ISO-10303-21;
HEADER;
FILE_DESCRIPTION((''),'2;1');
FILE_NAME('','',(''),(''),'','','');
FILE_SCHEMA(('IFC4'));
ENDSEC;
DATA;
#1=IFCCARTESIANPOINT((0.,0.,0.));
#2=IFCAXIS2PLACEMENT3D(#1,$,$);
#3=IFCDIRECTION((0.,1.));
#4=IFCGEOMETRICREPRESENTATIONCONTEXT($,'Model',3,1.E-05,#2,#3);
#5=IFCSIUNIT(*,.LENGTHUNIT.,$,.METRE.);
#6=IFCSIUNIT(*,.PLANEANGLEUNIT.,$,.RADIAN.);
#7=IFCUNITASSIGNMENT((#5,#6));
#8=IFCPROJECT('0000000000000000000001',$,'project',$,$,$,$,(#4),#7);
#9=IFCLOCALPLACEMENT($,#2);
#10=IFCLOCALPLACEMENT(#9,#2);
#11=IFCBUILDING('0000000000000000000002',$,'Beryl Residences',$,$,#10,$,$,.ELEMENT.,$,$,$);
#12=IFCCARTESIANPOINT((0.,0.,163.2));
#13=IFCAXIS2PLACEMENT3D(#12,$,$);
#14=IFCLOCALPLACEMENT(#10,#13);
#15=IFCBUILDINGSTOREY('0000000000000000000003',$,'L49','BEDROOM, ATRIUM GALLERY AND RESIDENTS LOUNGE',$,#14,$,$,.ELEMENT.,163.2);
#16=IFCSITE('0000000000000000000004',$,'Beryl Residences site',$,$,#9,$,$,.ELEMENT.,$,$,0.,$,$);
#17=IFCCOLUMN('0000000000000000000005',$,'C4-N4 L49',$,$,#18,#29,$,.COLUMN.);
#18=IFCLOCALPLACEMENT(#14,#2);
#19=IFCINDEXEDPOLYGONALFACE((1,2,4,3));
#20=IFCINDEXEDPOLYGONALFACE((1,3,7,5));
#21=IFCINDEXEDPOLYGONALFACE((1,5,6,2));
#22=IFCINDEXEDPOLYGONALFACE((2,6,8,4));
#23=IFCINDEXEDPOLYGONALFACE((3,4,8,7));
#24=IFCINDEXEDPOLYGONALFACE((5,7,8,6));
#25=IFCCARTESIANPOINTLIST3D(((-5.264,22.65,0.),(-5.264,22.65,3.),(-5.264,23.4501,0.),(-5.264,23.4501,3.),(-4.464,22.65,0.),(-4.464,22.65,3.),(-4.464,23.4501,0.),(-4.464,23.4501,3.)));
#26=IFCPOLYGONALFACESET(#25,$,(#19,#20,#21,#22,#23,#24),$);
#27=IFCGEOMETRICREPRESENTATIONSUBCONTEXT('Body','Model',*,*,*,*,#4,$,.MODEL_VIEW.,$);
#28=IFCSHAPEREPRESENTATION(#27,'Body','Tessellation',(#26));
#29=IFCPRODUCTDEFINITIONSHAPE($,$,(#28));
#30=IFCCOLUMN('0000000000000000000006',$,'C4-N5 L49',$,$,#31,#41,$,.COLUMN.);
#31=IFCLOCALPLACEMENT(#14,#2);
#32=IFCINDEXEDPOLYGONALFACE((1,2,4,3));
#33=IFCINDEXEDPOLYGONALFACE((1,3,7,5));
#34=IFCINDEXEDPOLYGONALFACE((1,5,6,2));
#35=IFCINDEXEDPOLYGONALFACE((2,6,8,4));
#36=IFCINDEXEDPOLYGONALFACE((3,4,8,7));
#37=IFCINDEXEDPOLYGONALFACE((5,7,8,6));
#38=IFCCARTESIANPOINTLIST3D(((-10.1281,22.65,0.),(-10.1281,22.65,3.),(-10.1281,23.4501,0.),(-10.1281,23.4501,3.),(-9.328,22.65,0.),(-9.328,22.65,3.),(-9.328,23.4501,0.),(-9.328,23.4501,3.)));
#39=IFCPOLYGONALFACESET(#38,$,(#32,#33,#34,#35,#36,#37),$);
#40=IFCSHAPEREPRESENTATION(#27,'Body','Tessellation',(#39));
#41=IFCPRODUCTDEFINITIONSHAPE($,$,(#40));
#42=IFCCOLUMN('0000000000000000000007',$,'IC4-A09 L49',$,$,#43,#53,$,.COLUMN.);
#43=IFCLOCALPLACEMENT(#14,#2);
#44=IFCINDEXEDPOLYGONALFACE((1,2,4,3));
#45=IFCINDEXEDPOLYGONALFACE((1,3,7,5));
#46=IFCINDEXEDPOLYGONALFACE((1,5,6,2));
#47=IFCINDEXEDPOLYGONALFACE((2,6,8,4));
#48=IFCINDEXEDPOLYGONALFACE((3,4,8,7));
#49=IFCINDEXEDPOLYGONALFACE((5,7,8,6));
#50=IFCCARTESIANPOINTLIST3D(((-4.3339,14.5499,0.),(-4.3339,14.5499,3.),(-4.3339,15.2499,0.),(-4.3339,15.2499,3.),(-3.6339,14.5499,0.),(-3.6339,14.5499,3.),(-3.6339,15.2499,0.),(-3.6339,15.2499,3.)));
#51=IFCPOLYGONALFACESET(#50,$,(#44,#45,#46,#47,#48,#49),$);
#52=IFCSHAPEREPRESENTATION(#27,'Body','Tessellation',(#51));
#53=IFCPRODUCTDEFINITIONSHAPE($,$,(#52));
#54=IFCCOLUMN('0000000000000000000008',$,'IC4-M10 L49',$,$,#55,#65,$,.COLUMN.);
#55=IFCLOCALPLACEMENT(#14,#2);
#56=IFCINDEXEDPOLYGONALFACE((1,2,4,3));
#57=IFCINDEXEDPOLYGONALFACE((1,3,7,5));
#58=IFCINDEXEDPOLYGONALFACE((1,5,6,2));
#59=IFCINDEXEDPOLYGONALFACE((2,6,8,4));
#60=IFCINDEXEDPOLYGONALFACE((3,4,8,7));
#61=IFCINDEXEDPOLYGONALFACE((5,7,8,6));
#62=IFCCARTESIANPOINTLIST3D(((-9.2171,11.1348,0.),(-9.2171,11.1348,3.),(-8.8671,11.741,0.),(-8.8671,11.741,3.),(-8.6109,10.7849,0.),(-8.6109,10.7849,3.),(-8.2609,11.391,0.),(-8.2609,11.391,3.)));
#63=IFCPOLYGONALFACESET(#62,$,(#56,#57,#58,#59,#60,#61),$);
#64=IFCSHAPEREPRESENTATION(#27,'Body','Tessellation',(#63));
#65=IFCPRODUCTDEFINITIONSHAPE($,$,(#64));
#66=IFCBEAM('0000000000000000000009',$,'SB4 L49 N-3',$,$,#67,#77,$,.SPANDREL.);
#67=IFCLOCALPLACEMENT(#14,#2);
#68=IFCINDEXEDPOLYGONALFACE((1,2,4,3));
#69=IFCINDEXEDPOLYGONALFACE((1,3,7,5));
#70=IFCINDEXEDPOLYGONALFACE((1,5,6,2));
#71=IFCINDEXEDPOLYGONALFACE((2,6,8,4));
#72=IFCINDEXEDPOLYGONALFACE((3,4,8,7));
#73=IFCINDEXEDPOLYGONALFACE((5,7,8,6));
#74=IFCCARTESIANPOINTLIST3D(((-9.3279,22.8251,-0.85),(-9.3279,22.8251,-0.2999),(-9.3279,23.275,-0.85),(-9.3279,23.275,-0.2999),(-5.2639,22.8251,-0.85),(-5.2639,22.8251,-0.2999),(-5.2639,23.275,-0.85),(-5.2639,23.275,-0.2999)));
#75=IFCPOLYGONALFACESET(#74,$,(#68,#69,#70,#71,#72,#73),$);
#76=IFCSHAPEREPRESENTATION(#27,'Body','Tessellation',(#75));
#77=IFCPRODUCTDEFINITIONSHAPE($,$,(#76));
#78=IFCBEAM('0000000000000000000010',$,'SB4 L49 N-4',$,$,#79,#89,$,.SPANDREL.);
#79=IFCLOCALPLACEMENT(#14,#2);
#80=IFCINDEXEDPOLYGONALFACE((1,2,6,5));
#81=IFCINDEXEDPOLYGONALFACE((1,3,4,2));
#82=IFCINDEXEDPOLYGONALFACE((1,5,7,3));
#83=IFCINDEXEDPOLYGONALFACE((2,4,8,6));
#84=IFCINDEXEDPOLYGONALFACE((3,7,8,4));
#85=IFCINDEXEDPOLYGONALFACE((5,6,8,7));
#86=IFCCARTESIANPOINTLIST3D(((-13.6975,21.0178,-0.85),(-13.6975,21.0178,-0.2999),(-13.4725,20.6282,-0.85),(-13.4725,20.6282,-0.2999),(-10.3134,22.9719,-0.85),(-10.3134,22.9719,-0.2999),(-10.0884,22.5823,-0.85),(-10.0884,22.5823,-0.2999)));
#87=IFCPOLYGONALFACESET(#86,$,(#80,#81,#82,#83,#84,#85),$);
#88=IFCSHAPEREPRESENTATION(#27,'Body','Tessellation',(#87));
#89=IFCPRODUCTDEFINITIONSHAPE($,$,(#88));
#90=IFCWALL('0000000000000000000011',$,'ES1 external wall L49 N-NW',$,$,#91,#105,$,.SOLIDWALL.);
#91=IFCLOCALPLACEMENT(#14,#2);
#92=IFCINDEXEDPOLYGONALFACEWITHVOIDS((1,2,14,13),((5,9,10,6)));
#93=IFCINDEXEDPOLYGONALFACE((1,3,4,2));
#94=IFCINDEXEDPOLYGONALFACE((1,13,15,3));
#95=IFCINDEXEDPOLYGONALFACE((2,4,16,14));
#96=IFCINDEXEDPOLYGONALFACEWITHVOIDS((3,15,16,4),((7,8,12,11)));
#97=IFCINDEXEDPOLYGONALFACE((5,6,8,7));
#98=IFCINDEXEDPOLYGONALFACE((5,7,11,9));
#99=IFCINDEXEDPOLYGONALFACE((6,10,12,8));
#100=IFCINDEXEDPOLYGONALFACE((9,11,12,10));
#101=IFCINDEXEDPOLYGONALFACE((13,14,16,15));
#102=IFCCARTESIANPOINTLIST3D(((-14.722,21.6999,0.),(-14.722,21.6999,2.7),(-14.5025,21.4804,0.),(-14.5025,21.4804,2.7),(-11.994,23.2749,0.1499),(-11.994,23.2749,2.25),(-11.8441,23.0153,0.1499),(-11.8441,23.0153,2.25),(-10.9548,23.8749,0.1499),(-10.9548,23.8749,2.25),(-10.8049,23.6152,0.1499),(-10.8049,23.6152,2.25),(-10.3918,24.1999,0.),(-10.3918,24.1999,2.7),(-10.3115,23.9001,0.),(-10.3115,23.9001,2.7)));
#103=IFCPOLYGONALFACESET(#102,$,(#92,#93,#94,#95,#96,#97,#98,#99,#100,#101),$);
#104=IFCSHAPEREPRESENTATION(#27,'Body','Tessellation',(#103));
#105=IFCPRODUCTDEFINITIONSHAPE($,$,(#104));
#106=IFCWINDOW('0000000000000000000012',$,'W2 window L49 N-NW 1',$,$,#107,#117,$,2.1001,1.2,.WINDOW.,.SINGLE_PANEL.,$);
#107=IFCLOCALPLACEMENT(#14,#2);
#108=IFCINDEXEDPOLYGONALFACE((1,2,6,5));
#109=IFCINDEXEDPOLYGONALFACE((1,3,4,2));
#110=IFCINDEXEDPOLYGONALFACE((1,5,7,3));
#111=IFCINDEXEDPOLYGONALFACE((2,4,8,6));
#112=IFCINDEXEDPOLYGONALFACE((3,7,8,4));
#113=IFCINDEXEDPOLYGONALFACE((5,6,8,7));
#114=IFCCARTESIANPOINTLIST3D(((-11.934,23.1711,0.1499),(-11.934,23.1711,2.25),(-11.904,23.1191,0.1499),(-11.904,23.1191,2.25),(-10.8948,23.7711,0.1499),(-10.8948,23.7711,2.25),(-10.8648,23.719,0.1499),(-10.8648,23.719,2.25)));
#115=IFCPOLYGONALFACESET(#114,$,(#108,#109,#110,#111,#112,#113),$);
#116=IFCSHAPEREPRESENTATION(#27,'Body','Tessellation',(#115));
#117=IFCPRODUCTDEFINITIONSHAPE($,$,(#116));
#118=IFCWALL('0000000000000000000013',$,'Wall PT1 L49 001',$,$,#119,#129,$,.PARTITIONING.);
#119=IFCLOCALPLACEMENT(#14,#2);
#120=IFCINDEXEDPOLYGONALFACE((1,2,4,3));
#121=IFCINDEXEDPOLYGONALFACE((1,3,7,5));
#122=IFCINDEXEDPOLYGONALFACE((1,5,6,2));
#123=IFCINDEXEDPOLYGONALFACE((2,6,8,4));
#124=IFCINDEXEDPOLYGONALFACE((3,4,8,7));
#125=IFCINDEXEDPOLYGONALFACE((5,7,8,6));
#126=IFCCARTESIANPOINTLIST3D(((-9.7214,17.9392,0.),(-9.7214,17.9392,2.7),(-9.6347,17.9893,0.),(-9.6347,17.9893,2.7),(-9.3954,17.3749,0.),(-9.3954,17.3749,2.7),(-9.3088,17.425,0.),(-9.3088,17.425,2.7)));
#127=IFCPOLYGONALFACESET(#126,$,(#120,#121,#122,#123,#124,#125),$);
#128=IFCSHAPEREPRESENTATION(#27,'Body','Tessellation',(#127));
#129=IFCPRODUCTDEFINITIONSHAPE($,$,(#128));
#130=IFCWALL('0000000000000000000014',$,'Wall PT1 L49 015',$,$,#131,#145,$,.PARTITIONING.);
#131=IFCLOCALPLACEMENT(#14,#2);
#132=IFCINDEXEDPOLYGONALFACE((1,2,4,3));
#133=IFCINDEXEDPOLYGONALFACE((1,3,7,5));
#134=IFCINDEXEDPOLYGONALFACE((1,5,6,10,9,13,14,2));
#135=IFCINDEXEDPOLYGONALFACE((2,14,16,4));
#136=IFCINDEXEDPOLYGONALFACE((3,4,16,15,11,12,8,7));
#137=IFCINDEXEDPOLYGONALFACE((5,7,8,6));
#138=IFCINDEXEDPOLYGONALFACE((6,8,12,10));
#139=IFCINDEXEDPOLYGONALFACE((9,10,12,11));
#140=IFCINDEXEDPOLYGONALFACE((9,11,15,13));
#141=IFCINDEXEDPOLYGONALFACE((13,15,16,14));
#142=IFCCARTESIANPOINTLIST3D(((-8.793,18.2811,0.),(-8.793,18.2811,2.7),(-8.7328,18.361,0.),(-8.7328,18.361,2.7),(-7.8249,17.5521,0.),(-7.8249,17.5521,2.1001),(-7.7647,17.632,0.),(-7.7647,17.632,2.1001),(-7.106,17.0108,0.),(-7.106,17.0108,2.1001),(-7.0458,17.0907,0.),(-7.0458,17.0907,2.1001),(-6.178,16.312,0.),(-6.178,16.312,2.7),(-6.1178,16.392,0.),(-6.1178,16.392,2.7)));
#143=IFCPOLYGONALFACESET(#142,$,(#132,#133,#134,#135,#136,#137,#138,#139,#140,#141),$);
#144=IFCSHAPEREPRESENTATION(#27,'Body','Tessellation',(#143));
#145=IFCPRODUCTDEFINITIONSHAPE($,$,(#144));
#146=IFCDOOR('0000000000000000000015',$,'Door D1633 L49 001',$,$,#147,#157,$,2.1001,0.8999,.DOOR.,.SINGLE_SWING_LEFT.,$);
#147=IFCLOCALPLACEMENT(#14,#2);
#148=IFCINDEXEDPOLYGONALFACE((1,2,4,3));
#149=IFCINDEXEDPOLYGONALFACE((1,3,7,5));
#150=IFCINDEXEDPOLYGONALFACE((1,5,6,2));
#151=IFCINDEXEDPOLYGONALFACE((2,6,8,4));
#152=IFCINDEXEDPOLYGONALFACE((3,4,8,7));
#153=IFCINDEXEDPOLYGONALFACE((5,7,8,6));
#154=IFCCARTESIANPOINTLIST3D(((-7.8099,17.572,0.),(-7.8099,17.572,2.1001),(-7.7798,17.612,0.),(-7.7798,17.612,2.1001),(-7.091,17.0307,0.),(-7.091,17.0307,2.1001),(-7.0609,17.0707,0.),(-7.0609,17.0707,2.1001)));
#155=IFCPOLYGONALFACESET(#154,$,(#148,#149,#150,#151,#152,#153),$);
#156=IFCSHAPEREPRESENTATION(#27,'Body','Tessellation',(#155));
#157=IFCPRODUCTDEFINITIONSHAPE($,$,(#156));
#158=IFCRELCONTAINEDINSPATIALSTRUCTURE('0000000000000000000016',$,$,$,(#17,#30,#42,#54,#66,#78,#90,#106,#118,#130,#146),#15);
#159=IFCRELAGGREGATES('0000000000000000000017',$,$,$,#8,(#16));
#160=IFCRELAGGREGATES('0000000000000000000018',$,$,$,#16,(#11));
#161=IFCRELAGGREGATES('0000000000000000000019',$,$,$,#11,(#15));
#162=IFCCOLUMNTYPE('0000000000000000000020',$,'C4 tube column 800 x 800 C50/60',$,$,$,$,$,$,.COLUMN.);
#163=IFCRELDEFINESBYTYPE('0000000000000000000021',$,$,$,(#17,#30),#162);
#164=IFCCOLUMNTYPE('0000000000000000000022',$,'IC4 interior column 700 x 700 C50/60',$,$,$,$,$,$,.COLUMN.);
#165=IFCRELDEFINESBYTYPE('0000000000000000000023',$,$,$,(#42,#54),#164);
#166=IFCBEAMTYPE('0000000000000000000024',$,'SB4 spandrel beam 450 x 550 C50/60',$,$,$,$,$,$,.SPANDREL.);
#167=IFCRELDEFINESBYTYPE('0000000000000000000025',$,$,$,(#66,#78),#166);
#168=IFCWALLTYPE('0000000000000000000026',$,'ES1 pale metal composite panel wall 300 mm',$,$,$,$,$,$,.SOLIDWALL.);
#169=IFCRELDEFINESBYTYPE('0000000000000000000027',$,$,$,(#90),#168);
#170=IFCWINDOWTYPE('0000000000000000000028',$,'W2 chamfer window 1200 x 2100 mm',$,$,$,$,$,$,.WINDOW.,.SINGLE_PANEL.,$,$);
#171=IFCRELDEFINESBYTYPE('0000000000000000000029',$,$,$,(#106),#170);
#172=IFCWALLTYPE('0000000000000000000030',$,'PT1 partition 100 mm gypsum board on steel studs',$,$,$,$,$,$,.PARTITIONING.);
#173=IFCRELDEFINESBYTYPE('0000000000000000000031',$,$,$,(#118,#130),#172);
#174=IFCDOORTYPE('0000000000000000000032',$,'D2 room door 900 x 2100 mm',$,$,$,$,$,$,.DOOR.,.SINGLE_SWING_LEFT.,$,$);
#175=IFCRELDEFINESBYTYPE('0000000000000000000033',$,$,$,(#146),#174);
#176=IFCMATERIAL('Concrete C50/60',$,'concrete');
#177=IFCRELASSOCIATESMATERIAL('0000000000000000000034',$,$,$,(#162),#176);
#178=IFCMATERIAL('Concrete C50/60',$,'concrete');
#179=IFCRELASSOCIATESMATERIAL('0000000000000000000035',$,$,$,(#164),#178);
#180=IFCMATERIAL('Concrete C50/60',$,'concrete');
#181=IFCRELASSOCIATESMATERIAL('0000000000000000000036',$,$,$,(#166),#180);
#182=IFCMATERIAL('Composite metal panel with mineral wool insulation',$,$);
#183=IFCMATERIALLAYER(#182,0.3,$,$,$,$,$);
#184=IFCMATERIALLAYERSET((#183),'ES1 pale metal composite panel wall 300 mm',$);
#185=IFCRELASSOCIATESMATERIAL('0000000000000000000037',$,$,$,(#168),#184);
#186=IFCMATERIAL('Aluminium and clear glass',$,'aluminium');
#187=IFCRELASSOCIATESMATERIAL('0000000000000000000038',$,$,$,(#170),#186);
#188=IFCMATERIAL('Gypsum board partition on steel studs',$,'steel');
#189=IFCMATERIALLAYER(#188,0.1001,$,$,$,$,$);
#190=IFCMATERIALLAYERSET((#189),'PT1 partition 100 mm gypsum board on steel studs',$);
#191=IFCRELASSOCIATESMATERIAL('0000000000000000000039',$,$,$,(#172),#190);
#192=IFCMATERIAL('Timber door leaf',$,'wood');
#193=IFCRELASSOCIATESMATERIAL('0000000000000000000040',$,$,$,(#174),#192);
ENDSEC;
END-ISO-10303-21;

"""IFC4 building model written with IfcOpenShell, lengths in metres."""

from ifc_helpers import new_model, si_unit, direction, frame, frame_2d, origin, origin_2d, place, context, subcontext, project, spatial, polyline, rectangle, outline, extrude, material, layer, layer_set, material_profile, profile_set, type_object, element, fill, save


model = new_model("IFC4")

# Units and contexts
model_context = context("Model", 3, precision=1e-05, world=origin(), true_north=direction((0.0, 1.0)))
body_context = subcontext(model_context, "Body", "Model", "MODEL_VIEW")
ifc_project = project(units=[si_unit("LENGTHUNIT", "METRE"), si_unit("PLANEANGLEUNIT", "RADIAN")], contexts=[model_context])

# Site, building, storey
site_placement = place(None, origin())
site = spatial("IfcSite", under=ifc_project, at=site_placement, Name="Beryl Residences site", CompositionType="ELEMENT", RefElevation=0.0)
building_placement = place(site_placement, origin())
building = spatial("IfcBuilding", under=site, at=building_placement, Name="Beryl Residences", CompositionType="ELEMENT")
storey_placement = place(building_placement, frame((0.0, 0.0, 163.2)))
storey = spatial("IfcBuildingStorey", under=building, at=storey_placement, Name="L49", Description="BEDROOM, ATRIUM GALLERY AND RESIDENTS LOUNGE", CompositionType="ELEMENT", Elevation=163.2)

# Columns
ifc_material_1 = material(Name="Concrete C50/60", Category="concrete")
ifc_material_profile_1 = material_profile(ifc_material_1, rectangle(XDim=0.8, YDim=0.8, at=origin_2d()))
ifc_profile_set_1 = profile_set([ifc_material_profile_1], Name="Concrete C50/60")
column_type_1 = type_object("IfcColumnType", Name="C4 tube column 800 x 800 C50/60", PredefinedType="COLUMN", material=ifc_profile_set_1)
for number, where, z_axis, x_axis, name in (
    (1, (-4.864, 23.05, 0.0), (0.0, 0.0, 1.0), (-1.0, 0.0, 0.0), "C4-N4 L49"),
    (2, (-9.728, 23.05, 0.0), (0.0, 0.0, 1.0), (-1.0, 0.0, 0.0), "C4-N5 L49"),
):
    element("IfcColumn", number, at=place(storey_placement, frame(where, z_axis=z_axis, x_axis=x_axis)), inside=storey, type_object=column_type_1, Name=name, PredefinedType="COLUMN", context=body_context, shape_type="SweptSolid", body=[
        extrude(rectangle(XDim=0.8, YDim=0.8, at=origin_2d()), origin(), (0.0, 0.0, 1.0), 3.0),
    ])
ifc_material_2 = material(Name="Concrete C50/60", Category="concrete")
ifc_material_profile_2 = material_profile(ifc_material_2, rectangle(XDim=0.7, YDim=0.7, at=origin_2d()))
ifc_profile_set_2 = profile_set([ifc_material_profile_2], Name="Concrete C50/60")
column_type_2 = type_object("IfcColumnType", Name="IC4 interior column 700 x 700 C50/60", PredefinedType="COLUMN", material=ifc_profile_set_2)
for number, where, z_axis, x_axis, name in (
    (3, (-3.9839, 14.8999, 0.0), (0.0, 0.0, 1.0), (1.0, 0.0, 0.0), "IC4-A09 L49"),
    (4, (-8.739, 11.2629, 0.0), (0.0, 0.0, 1.0), (-0.5, -0.866025, 0.0), "IC4-M10 L49"),
):
    element("IfcColumn", number, at=place(storey_placement, frame(where, z_axis=z_axis, x_axis=x_axis)), inside=storey, type_object=column_type_2, Name=name, PredefinedType="COLUMN", context=body_context, shape_type="SweptSolid", body=[
        extrude(rectangle(XDim=0.7, YDim=0.7, at=origin_2d()), origin(), (0.0, 0.0, 1.0), 3.0),
    ])

# Beams
ifc_material_3 = material(Name="Concrete C50/60", Category="concrete")
ifc_material_profile_3 = material_profile(ifc_material_3, rectangle(XDim=0.45, YDim=0.55, at=origin_2d()))
ifc_profile_set_3 = profile_set([ifc_material_profile_3], Name="Concrete C50/60")
beam_type = type_object("IfcBeamType", Name="SB4 spandrel beam 450 x 550 C50/60", PredefinedType="SPANDREL", material=ifc_profile_set_3)
beam_1_placement = place(storey_placement, frame((-5.2639, 23.05, -0.575), z_axis=(-1.0, 0.0, 0.0), x_axis=(0.0, -1.0, 0.0)))
element("IfcBeam", 5, at=beam_1_placement, inside=storey, type_object=beam_type, Name="SB4 L49 N-3", PredefinedType="SPANDREL", context=body_context, shape_type="SweptSolid", body=[
    extrude(rectangle(XDim=0.45, YDim=0.55, at=origin_2d()), origin(), (0.0, 0.0, 1.0), 4.064),
])
beam_2_placement = place(storey_placement, frame((-10.2009, 22.7771, -0.575), z_axis=(-0.865989, -0.500063, 0.0), x_axis=(0.500063, -0.865989, 0.0)))
element("IfcBeam", 6, at=beam_2_placement, inside=storey, type_object=beam_type, Name="SB4 L49 N-4", PredefinedType="SPANDREL", context=body_context, shape_type="SweptSolid", body=[
    extrude(rectangle(XDim=0.45, YDim=0.55, at=origin_2d()), origin(), (0.0, 0.0, 1.0), 3.9077),
])

# Wall, opening, window
ifc_material_4 = material(Name="Composite metal panel with mineral wool insulation")
ifc_layer_1 = layer(ifc_material_4, 0.3)
ifc_layer_set_1 = layer_set([ifc_layer_1], Name="ES1 pale metal composite panel wall 300 mm")
wall_type_1 = type_object("IfcWallType", Name="ES1 pale metal composite panel wall 300 mm", PredefinedType="SOLIDWALL", material=ifc_layer_set_1)
wall_1_placement = place(storey_placement, frame((-10.3169, 24.0701, 0.0), z_axis=(0.0, 0.0, 1.0), x_axis=(-0.866023, -0.500004, 0.0)))
wall_1 = element("IfcWall", 7, at=wall_1_placement, inside=storey, type_object=wall_type_1, Name="ES1 external wall L49 N-NW", PredefinedType="SOLIDWALL", context=body_context, shape_type="SweptSolid", body=[
    extrude(outline(polyline([(0.0, -0.1499), (5.0, -0.1499), (4.9197, 0.1499), (0.0803, 0.1499), (0.0, -0.1499)])), origin(), (0.0, 0.0, 1.0), 2.7),
])
opening_1_placement = place(wall_1_placement, frame((0.6499, 0.0, 0.1499)))
opening_1 = element("IfcOpeningElement", 8, at=opening_1_placement, cuts=wall_1, PredefinedType="OPENING", context=body_context, shape_type="SweptSolid", body=[
    extrude(rectangle(XDim=1.2, YDim=2.1001, at=frame_2d((0.6001, 1.05))), frame((0.0, 0.1599, 0.0), z_axis=(0.0, -1.0, 0.0), x_axis=(1.0, 0.0, 0.0)), (0.0, 0.0, 1.0), 0.3201),
])
ifc_material_5 = material(Name="Aluminium and clear glass", Category="aluminium")
window_type = type_object("IfcWindowType", Name="W2 chamfer window 1200 x 2100 mm", PartitioningType="SINGLE_PANEL", PredefinedType="WINDOW", material=ifc_material_5)
window_placement = place(opening_1_placement, origin())
window = element("IfcWindow", 9, at=window_placement, inside=storey, type_object=window_type, Name="W2 window L49 N-NW 1", OverallHeight=2.1001, OverallWidth=1.2, PartitioningType="SINGLE_PANEL", PredefinedType="WINDOW", context=body_context, shape_type="SweptSolid", body=[
    extrude(rectangle(XDim=1.2, YDim=2.1001, at=frame_2d((0.6001, 1.05))), frame((0.0, 0.03, 0.0), z_axis=(0.0, -1.0, 0.0), x_axis=(1.0, 0.0, 0.0)), (0.0, 0.0, 1.0), 0.0601),
])
fill(opening_1, window)

# Wall
ifc_material_6 = material(Name="Gypsum board partition on steel studs", Category="steel")
ifc_layer_2 = layer(ifc_material_6, 0.1001)
ifc_layer_set_2 = layer_set([ifc_layer_2], Name="PT1 partition 100 mm gypsum board on steel studs")
wall_type_2 = type_object("IfcWallType", Name="PT1 partition 100 mm gypsum board on steel studs", PredefinedType="PARTITIONING", material=ifc_layer_set_2)
wall_2_placement = place(storey_placement, frame((-9.678, 17.9641, 0.0), z_axis=(0.0, 0.0, 1.0), x_axis=(0.500209, -0.865905, 0.0)))
element("IfcWall", 10, at=wall_2_placement, inside=storey, type_object=wall_type_2, Name="Wall PT1 L49 001", PredefinedType="PARTITIONING", context=body_context, shape_type="SweptSolid", body=[
    extrude(rectangle(XDim=0.6516, YDim=0.1001, at=frame_2d((0.3257, 0.0))), origin(), (0.0, 0.0, 1.0), 2.7),
])

# Wall, opening, door
wall_3_placement = place(storey_placement, frame((-8.7629, 18.321, 0.0), z_axis=(0.0, 0.0, 1.0), x_axis=(0.798862, -0.601514, 0.0)))
wall_3 = element("IfcWall", 11, at=wall_3_placement, inside=storey, type_object=wall_type_2, Name="Wall PT1 L49 015", PredefinedType="PARTITIONING", context=body_context, shape_type="SweptSolid", body=[
    extrude(rectangle(XDim=3.2734, YDim=0.1001, at=frame_2d((1.6367, 0.0))), origin(), (0.0, 0.0, 1.0), 2.7),
])
opening_2_placement = place(wall_3_placement, frame((1.2119, 0.0, 0.0)))
opening_2 = element("IfcOpeningElement", 12, at=opening_2_placement, cuts=wall_3, PredefinedType="OPENING", context=body_context, shape_type="SweptSolid", body=[
    extrude(rectangle(XDim=0.8999, YDim=2.1001, at=frame_2d((0.45, 1.05))), frame((0.0, 0.0601, 0.0), z_axis=(0.0, -1.0, 0.0), x_axis=(1.0, 0.0, 0.0)), (0.0, 0.0, 1.0), 0.1201),
])
ifc_material_7 = material(Name="Timber door leaf", Category="wood")
door_type_1 = type_object("IfcDoorType", Name="D2 room door 900 x 2100 mm", OperationType="SINGLE_SWING_LEFT", PredefinedType="DOOR", material=ifc_material_7)
door_1_placement = place(opening_2_placement, origin())
door_1 = element("IfcDoor", 13, at=door_1_placement, inside=storey, type_object=door_type_1, Name="Door D1633 L49 001", OperationType="SINGLE_SWING_LEFT", OverallHeight=2.1001, OverallWidth=0.8999, PredefinedType="DOOR", context=body_context, shape_type="SweptSolid", body=[
    extrude(rectangle(XDim=0.8999, YDim=2.1001, at=frame_2d((0.45, 1.05))), frame((0.0, 0.0249, 0.0), z_axis=(0.0, -1.0, 0.0), x_axis=(1.0, 0.0, 0.0)), (0.0, 0.0, 1.0), 0.05),
])
fill(opening_2, door_1)

save(model, "model.ifc")
